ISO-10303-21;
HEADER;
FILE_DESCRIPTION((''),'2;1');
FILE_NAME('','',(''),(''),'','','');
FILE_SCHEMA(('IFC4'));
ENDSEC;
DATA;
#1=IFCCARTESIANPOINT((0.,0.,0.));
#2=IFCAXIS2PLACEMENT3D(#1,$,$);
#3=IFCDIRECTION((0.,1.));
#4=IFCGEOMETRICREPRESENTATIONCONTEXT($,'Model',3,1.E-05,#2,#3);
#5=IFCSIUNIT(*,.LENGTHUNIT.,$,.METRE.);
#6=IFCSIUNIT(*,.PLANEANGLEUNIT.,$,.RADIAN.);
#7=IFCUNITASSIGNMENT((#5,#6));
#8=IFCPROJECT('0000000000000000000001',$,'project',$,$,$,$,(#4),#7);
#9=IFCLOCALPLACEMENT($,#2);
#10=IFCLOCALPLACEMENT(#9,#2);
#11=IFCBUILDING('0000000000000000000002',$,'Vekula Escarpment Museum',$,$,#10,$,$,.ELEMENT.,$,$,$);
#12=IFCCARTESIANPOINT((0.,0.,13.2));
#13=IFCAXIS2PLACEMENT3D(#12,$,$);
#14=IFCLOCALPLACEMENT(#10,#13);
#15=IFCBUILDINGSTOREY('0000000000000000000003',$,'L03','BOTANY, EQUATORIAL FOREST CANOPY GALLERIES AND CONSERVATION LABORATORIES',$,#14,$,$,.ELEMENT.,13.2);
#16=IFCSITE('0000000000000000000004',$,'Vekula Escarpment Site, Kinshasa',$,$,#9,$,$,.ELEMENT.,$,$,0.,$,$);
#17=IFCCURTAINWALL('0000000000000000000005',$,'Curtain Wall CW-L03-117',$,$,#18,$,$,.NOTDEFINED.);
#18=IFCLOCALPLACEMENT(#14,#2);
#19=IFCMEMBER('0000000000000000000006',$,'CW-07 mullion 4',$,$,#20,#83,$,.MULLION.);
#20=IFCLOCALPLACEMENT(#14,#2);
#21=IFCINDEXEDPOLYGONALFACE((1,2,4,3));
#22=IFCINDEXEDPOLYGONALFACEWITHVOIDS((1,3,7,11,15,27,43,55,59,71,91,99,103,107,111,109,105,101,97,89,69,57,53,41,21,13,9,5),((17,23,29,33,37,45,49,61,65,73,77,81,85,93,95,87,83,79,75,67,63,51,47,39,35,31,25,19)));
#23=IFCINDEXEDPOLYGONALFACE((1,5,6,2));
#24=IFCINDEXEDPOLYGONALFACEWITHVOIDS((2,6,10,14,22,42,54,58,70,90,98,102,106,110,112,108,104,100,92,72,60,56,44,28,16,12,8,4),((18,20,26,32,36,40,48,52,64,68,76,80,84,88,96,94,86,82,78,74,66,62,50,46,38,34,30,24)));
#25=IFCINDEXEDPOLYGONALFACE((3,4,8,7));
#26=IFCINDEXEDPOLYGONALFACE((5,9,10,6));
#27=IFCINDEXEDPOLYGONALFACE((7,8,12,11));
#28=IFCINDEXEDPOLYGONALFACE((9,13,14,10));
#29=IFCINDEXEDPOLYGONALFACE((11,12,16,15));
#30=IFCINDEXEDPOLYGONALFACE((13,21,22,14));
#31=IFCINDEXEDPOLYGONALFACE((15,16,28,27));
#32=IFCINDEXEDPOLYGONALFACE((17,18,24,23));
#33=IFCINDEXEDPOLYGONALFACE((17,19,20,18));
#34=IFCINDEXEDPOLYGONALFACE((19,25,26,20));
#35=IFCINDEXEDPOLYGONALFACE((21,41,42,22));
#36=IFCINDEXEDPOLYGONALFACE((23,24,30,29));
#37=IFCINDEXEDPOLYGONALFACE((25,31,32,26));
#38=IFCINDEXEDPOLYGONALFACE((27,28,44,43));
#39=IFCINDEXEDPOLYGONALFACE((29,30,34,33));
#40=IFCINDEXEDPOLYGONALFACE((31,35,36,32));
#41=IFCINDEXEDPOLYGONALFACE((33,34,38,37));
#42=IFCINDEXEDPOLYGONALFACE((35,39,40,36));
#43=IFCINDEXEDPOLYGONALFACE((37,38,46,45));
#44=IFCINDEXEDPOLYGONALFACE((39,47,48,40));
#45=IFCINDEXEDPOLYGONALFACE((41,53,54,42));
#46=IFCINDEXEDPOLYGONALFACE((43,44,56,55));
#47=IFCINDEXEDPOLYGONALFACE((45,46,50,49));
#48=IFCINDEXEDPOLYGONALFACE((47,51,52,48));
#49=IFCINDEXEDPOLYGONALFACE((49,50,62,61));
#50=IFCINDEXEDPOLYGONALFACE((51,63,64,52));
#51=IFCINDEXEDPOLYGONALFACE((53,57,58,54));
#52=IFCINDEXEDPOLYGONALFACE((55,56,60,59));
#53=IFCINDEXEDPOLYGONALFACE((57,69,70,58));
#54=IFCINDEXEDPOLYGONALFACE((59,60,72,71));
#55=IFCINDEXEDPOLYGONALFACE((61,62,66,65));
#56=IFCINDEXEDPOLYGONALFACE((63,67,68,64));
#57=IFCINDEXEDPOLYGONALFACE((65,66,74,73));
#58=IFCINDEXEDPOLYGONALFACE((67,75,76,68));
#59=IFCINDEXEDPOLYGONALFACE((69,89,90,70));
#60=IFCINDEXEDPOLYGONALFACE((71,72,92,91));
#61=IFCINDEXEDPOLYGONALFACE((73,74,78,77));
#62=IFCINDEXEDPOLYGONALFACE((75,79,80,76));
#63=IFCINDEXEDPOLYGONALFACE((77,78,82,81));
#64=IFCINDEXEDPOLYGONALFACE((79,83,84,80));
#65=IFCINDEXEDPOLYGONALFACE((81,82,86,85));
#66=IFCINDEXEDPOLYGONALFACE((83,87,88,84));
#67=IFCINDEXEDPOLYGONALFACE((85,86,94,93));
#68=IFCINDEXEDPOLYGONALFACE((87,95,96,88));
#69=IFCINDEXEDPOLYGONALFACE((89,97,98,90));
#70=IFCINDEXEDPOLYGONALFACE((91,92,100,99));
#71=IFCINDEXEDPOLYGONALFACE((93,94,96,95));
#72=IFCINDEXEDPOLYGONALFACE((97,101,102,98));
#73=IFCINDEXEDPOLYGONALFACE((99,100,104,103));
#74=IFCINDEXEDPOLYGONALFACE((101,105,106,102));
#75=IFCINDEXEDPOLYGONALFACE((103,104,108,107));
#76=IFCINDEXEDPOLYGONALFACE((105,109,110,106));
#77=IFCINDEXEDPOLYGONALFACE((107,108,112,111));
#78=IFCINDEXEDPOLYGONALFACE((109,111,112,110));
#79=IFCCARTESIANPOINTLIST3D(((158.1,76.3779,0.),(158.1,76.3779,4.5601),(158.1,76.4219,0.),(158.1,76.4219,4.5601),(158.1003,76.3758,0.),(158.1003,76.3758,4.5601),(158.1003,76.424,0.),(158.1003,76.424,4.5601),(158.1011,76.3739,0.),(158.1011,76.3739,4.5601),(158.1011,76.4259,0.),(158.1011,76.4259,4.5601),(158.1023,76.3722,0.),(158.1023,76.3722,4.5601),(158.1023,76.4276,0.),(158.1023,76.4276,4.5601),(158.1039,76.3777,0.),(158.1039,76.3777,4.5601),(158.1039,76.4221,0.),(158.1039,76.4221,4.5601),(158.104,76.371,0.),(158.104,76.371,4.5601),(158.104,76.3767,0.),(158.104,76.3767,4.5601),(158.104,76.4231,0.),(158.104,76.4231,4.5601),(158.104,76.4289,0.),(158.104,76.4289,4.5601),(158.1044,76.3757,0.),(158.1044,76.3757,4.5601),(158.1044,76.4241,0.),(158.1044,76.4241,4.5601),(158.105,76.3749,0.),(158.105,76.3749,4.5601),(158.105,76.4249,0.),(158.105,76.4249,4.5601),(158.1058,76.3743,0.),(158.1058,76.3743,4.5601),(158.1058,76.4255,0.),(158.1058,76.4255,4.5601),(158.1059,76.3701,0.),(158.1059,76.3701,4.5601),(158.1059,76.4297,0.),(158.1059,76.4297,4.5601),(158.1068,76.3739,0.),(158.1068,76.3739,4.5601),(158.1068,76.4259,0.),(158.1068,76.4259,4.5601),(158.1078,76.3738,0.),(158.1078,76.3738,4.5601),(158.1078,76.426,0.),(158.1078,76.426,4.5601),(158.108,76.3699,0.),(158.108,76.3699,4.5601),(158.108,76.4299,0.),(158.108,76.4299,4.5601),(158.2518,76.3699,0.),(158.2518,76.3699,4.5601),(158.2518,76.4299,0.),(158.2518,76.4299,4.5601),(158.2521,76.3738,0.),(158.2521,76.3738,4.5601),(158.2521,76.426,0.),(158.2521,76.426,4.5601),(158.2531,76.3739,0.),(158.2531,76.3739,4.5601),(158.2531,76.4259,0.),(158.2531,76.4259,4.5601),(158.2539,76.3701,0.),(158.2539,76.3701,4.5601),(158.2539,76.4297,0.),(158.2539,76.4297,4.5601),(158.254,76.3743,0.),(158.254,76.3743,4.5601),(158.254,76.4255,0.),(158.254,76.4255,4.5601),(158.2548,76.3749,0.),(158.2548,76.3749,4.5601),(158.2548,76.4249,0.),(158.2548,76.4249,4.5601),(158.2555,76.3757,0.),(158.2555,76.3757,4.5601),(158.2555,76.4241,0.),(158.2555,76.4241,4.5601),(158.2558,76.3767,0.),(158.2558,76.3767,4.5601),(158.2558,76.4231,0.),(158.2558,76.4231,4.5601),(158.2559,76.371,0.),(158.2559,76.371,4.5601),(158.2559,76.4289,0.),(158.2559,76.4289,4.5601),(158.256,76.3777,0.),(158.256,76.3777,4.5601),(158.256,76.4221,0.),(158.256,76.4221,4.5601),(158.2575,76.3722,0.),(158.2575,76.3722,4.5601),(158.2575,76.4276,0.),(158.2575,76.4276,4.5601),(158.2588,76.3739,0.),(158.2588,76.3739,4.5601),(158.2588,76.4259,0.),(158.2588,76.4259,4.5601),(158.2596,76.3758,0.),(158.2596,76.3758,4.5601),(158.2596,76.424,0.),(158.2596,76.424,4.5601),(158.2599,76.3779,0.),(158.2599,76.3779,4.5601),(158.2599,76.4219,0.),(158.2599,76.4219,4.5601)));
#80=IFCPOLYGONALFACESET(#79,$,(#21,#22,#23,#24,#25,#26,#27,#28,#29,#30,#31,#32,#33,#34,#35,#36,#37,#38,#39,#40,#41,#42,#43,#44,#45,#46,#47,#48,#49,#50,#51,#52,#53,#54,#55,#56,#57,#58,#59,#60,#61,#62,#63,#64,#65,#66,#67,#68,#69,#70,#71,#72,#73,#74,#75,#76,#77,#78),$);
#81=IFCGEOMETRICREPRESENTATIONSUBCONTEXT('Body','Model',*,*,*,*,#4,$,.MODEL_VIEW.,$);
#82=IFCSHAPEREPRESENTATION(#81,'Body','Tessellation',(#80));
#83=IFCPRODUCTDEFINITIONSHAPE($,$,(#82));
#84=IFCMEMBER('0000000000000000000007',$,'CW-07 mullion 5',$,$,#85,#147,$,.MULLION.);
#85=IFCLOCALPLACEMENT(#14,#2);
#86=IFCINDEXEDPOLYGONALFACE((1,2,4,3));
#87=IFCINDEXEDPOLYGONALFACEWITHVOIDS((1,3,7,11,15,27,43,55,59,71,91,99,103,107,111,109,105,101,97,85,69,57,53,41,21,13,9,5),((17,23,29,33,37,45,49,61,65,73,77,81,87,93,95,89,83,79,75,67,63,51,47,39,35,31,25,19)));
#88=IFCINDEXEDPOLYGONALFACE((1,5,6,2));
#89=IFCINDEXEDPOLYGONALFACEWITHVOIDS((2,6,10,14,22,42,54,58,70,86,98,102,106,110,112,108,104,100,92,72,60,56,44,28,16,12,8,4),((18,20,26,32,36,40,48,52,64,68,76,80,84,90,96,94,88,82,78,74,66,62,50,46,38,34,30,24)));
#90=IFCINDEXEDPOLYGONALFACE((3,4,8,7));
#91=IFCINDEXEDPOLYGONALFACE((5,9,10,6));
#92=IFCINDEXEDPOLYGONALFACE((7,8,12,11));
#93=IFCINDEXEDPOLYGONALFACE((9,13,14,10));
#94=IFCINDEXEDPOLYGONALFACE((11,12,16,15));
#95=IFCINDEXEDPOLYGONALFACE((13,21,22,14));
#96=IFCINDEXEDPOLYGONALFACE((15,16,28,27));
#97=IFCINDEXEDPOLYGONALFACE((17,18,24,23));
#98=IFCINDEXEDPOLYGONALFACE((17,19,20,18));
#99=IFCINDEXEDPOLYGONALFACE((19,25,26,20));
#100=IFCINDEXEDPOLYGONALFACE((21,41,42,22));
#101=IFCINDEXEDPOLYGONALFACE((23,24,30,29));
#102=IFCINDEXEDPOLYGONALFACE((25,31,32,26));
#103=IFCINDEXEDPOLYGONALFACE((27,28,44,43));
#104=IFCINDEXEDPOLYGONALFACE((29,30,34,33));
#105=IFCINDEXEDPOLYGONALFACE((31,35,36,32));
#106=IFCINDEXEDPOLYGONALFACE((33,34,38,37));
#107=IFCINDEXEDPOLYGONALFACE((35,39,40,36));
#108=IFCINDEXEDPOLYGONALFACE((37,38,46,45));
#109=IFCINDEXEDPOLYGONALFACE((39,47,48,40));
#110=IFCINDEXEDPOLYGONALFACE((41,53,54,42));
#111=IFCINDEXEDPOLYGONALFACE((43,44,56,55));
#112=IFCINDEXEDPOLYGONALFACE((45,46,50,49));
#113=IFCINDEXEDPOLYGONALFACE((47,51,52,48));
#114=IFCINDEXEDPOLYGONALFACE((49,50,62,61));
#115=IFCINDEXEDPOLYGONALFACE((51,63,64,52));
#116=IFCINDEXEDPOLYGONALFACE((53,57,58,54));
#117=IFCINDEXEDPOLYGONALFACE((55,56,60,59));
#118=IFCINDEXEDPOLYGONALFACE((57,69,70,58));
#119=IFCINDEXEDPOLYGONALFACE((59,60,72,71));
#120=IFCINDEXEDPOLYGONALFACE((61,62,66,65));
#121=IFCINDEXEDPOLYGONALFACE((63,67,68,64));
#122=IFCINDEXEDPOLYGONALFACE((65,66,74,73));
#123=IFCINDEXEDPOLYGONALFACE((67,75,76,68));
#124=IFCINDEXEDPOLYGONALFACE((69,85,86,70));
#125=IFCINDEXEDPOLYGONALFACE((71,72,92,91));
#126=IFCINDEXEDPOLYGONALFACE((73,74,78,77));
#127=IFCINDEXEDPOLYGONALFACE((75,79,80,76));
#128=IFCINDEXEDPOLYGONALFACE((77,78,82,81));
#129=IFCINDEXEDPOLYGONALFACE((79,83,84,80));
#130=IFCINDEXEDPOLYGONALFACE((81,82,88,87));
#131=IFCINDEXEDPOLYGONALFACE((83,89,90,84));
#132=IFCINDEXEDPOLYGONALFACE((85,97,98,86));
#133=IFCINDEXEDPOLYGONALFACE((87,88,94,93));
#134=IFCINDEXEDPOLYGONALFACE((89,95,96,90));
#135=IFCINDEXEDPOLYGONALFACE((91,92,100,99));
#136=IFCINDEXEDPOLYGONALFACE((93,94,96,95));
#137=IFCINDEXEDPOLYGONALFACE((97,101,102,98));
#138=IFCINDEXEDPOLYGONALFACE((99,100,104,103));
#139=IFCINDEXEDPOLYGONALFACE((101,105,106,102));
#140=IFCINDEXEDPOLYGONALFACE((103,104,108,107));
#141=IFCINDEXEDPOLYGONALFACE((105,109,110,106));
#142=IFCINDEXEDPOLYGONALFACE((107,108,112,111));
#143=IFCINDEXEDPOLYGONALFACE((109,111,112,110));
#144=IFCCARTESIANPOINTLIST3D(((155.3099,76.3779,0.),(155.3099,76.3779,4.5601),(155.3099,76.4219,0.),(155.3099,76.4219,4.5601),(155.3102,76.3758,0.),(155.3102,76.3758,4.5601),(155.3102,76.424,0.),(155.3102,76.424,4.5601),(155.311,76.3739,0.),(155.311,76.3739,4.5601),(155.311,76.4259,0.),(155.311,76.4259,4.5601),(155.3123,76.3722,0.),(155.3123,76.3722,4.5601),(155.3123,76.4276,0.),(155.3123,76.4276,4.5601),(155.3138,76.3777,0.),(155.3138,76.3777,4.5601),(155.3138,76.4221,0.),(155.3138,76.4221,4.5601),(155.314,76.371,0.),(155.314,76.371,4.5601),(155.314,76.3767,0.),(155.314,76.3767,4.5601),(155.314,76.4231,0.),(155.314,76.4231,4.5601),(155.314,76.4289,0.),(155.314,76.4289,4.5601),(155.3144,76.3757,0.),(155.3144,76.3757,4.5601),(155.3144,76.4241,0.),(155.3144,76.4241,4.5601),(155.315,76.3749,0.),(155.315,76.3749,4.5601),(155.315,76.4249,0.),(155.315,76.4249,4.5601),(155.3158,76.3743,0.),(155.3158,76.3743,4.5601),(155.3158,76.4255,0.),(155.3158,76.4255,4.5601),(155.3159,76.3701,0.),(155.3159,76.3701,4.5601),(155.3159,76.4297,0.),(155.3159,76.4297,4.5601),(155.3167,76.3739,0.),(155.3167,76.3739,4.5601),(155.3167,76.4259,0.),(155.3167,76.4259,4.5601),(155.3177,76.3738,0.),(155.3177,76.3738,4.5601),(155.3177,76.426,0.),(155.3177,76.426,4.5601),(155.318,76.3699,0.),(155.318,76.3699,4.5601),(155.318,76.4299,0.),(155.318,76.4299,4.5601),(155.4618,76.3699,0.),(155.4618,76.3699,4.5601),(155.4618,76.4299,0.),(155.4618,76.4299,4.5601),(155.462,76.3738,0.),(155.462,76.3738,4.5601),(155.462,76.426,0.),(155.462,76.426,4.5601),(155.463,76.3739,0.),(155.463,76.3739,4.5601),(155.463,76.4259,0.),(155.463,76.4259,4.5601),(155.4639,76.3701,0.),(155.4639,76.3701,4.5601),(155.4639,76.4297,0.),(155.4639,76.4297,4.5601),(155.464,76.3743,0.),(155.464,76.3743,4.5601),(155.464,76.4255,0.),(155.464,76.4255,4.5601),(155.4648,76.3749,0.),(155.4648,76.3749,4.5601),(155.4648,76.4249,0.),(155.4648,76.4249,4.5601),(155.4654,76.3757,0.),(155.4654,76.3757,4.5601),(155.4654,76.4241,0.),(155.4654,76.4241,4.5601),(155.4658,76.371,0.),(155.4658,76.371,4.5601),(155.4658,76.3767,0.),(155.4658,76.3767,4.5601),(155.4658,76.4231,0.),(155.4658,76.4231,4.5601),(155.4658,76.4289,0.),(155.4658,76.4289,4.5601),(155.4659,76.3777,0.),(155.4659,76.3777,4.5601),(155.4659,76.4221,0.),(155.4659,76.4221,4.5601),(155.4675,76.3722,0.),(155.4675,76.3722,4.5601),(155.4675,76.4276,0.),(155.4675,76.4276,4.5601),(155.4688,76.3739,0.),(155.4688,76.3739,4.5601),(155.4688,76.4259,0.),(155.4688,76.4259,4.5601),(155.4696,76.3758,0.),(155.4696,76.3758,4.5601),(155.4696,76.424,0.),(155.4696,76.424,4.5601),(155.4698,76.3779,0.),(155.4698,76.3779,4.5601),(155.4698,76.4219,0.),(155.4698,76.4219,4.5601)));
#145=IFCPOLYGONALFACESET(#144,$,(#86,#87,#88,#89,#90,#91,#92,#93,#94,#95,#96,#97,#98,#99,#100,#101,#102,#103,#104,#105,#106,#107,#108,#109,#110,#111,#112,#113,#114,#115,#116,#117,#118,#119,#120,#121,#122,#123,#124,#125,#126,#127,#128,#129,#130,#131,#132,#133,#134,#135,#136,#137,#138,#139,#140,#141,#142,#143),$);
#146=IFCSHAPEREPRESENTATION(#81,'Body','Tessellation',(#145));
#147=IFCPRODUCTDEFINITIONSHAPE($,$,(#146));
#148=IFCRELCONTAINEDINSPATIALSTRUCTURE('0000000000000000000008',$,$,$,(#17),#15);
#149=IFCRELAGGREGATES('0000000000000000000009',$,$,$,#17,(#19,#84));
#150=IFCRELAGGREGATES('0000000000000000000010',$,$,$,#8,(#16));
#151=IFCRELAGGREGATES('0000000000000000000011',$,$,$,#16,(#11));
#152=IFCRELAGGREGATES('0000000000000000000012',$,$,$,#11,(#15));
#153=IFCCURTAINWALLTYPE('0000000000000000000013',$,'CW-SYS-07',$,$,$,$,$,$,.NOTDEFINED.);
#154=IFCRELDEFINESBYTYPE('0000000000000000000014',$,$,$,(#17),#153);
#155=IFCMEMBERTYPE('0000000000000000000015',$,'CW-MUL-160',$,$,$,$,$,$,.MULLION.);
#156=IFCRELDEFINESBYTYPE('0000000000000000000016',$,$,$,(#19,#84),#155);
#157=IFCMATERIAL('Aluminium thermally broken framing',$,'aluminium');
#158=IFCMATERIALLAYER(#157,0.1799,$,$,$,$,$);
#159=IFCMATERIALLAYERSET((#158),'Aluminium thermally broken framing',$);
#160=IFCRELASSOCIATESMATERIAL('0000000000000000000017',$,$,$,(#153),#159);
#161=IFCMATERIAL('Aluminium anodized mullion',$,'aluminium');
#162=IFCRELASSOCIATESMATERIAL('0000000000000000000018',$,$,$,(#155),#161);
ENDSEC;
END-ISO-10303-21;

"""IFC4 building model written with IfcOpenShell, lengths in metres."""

from ifc_helpers import new_model, si_unit, direction, frame, origin, origin_2d, place, context, subcontext, project, spatial, hollow_rectangle, extrude, material, layer, layer_set, material_profile, profile_set, type_object, element, aggregate, save


model = new_model("IFC4")

# Units and contexts
model_context = context("Model", 3, precision=1e-05, world=origin(), true_north=direction((0.0, 1.0)))
body_context = subcontext(model_context, "Body", "Model", "MODEL_VIEW")
ifc_project = project(units=[si_unit("LENGTHUNIT", "METRE"), si_unit("PLANEANGLEUNIT", "RADIAN")], contexts=[model_context])

# Site, building, storey
site_placement = place(None, origin())
site = spatial("IfcSite", under=ifc_project, at=site_placement, Name="Vekula Escarpment Site, Kinshasa", CompositionType="ELEMENT", RefElevation=0.0)
building_placement = place(site_placement, origin())
building = spatial("IfcBuilding", under=site, at=building_placement, Name="Vekula Escarpment Museum", CompositionType="ELEMENT")
storey_placement = place(building_placement, frame((0.0, 0.0, 13.2)))
storey = spatial("IfcBuildingStorey", under=building, at=storey_placement, Name="L03", Description="BOTANY, EQUATORIAL FOREST CANOPY GALLERIES AND CONSERVATION LABORATORIES", CompositionType="ELEMENT", Elevation=13.2)

# Curtain wall, members
ifc_material_1 = material(Name="Aluminium thermally broken framing", Category="aluminium")
ifc_layer_1 = layer(ifc_material_1, 0.1799)
ifc_layer_set_1 = layer_set([ifc_layer_1], Name="Aluminium thermally broken framing")
curtain_wall_type_1 = type_object("IfcCurtainWallType", Name="CW-SYS-07", PredefinedType="NOTDEFINED", material=ifc_layer_set_1)
curtain_wall_1_placement = place(storey_placement, origin())
curtain_wall_1 = element("IfcCurtainWall", 1, at=curtain_wall_1_placement, inside=storey, type_object=curtain_wall_type_1, Name="Curtain Wall CW-L03-117", PredefinedType="NOTDEFINED")
ifc_material_2 = material(Name="Aluminium anodized mullion", Category="aluminium")
ifc_material_profile_1 = material_profile(ifc_material_2, hollow_rectangle(XDim=0.0601, YDim=0.1599, WallThickness=0.0039, InnerFilletRadius=0.0039, OuterFilletRadius=0.0081, at=origin_2d()), Name="ALU 160x60x4")
ifc_profile_set_1 = profile_set([ifc_material_profile_1], Name="Aluminium anodized mullion")
member_type_1 = type_object("IfcMemberType", Name="CW-MUL-160", PredefinedType="MULLION", material=ifc_profile_set_1)
member_1_placement = place(storey_placement, frame((158.1799, 76.3999, 0.0), z_axis=(0.0, 0.0, 1.0), x_axis=(0.0, -1.0, 0.0)))
member_1 = element("IfcMember", 2, at=member_1_placement, type_object=member_type_1, Name="CW-07 mullion 4", PredefinedType="MULLION", context=body_context, shape_type="SweptSolid", body=[
    extrude(hollow_rectangle(XDim=0.0601, YDim=0.1599, WallThickness=0.0039, InnerFilletRadius=0.0039, OuterFilletRadius=0.0081, at=origin_2d()), origin(), (0.0, 0.0, 1.0), 4.5601),
])
member_2_placement = place(storey_placement, frame((155.3899, 76.3999, 0.0), z_axis=(0.0, 0.0, 1.0), x_axis=(0.0, -1.0, 0.0)))
member_2 = element("IfcMember", 3, at=member_2_placement, type_object=member_type_1, Name="CW-07 mullion 5", PredefinedType="MULLION", context=body_context, shape_type="SweptSolid", body=[
    extrude(hollow_rectangle(XDim=0.0601, YDim=0.1599, WallThickness=0.0039, InnerFilletRadius=0.0039, OuterFilletRadius=0.0081, at=origin_2d()), origin(), (0.0, 0.0, 1.0), 4.5601),
])

aggregate(curtain_wall_1, [member_1, member_2])

save(model, "model.ifc")
